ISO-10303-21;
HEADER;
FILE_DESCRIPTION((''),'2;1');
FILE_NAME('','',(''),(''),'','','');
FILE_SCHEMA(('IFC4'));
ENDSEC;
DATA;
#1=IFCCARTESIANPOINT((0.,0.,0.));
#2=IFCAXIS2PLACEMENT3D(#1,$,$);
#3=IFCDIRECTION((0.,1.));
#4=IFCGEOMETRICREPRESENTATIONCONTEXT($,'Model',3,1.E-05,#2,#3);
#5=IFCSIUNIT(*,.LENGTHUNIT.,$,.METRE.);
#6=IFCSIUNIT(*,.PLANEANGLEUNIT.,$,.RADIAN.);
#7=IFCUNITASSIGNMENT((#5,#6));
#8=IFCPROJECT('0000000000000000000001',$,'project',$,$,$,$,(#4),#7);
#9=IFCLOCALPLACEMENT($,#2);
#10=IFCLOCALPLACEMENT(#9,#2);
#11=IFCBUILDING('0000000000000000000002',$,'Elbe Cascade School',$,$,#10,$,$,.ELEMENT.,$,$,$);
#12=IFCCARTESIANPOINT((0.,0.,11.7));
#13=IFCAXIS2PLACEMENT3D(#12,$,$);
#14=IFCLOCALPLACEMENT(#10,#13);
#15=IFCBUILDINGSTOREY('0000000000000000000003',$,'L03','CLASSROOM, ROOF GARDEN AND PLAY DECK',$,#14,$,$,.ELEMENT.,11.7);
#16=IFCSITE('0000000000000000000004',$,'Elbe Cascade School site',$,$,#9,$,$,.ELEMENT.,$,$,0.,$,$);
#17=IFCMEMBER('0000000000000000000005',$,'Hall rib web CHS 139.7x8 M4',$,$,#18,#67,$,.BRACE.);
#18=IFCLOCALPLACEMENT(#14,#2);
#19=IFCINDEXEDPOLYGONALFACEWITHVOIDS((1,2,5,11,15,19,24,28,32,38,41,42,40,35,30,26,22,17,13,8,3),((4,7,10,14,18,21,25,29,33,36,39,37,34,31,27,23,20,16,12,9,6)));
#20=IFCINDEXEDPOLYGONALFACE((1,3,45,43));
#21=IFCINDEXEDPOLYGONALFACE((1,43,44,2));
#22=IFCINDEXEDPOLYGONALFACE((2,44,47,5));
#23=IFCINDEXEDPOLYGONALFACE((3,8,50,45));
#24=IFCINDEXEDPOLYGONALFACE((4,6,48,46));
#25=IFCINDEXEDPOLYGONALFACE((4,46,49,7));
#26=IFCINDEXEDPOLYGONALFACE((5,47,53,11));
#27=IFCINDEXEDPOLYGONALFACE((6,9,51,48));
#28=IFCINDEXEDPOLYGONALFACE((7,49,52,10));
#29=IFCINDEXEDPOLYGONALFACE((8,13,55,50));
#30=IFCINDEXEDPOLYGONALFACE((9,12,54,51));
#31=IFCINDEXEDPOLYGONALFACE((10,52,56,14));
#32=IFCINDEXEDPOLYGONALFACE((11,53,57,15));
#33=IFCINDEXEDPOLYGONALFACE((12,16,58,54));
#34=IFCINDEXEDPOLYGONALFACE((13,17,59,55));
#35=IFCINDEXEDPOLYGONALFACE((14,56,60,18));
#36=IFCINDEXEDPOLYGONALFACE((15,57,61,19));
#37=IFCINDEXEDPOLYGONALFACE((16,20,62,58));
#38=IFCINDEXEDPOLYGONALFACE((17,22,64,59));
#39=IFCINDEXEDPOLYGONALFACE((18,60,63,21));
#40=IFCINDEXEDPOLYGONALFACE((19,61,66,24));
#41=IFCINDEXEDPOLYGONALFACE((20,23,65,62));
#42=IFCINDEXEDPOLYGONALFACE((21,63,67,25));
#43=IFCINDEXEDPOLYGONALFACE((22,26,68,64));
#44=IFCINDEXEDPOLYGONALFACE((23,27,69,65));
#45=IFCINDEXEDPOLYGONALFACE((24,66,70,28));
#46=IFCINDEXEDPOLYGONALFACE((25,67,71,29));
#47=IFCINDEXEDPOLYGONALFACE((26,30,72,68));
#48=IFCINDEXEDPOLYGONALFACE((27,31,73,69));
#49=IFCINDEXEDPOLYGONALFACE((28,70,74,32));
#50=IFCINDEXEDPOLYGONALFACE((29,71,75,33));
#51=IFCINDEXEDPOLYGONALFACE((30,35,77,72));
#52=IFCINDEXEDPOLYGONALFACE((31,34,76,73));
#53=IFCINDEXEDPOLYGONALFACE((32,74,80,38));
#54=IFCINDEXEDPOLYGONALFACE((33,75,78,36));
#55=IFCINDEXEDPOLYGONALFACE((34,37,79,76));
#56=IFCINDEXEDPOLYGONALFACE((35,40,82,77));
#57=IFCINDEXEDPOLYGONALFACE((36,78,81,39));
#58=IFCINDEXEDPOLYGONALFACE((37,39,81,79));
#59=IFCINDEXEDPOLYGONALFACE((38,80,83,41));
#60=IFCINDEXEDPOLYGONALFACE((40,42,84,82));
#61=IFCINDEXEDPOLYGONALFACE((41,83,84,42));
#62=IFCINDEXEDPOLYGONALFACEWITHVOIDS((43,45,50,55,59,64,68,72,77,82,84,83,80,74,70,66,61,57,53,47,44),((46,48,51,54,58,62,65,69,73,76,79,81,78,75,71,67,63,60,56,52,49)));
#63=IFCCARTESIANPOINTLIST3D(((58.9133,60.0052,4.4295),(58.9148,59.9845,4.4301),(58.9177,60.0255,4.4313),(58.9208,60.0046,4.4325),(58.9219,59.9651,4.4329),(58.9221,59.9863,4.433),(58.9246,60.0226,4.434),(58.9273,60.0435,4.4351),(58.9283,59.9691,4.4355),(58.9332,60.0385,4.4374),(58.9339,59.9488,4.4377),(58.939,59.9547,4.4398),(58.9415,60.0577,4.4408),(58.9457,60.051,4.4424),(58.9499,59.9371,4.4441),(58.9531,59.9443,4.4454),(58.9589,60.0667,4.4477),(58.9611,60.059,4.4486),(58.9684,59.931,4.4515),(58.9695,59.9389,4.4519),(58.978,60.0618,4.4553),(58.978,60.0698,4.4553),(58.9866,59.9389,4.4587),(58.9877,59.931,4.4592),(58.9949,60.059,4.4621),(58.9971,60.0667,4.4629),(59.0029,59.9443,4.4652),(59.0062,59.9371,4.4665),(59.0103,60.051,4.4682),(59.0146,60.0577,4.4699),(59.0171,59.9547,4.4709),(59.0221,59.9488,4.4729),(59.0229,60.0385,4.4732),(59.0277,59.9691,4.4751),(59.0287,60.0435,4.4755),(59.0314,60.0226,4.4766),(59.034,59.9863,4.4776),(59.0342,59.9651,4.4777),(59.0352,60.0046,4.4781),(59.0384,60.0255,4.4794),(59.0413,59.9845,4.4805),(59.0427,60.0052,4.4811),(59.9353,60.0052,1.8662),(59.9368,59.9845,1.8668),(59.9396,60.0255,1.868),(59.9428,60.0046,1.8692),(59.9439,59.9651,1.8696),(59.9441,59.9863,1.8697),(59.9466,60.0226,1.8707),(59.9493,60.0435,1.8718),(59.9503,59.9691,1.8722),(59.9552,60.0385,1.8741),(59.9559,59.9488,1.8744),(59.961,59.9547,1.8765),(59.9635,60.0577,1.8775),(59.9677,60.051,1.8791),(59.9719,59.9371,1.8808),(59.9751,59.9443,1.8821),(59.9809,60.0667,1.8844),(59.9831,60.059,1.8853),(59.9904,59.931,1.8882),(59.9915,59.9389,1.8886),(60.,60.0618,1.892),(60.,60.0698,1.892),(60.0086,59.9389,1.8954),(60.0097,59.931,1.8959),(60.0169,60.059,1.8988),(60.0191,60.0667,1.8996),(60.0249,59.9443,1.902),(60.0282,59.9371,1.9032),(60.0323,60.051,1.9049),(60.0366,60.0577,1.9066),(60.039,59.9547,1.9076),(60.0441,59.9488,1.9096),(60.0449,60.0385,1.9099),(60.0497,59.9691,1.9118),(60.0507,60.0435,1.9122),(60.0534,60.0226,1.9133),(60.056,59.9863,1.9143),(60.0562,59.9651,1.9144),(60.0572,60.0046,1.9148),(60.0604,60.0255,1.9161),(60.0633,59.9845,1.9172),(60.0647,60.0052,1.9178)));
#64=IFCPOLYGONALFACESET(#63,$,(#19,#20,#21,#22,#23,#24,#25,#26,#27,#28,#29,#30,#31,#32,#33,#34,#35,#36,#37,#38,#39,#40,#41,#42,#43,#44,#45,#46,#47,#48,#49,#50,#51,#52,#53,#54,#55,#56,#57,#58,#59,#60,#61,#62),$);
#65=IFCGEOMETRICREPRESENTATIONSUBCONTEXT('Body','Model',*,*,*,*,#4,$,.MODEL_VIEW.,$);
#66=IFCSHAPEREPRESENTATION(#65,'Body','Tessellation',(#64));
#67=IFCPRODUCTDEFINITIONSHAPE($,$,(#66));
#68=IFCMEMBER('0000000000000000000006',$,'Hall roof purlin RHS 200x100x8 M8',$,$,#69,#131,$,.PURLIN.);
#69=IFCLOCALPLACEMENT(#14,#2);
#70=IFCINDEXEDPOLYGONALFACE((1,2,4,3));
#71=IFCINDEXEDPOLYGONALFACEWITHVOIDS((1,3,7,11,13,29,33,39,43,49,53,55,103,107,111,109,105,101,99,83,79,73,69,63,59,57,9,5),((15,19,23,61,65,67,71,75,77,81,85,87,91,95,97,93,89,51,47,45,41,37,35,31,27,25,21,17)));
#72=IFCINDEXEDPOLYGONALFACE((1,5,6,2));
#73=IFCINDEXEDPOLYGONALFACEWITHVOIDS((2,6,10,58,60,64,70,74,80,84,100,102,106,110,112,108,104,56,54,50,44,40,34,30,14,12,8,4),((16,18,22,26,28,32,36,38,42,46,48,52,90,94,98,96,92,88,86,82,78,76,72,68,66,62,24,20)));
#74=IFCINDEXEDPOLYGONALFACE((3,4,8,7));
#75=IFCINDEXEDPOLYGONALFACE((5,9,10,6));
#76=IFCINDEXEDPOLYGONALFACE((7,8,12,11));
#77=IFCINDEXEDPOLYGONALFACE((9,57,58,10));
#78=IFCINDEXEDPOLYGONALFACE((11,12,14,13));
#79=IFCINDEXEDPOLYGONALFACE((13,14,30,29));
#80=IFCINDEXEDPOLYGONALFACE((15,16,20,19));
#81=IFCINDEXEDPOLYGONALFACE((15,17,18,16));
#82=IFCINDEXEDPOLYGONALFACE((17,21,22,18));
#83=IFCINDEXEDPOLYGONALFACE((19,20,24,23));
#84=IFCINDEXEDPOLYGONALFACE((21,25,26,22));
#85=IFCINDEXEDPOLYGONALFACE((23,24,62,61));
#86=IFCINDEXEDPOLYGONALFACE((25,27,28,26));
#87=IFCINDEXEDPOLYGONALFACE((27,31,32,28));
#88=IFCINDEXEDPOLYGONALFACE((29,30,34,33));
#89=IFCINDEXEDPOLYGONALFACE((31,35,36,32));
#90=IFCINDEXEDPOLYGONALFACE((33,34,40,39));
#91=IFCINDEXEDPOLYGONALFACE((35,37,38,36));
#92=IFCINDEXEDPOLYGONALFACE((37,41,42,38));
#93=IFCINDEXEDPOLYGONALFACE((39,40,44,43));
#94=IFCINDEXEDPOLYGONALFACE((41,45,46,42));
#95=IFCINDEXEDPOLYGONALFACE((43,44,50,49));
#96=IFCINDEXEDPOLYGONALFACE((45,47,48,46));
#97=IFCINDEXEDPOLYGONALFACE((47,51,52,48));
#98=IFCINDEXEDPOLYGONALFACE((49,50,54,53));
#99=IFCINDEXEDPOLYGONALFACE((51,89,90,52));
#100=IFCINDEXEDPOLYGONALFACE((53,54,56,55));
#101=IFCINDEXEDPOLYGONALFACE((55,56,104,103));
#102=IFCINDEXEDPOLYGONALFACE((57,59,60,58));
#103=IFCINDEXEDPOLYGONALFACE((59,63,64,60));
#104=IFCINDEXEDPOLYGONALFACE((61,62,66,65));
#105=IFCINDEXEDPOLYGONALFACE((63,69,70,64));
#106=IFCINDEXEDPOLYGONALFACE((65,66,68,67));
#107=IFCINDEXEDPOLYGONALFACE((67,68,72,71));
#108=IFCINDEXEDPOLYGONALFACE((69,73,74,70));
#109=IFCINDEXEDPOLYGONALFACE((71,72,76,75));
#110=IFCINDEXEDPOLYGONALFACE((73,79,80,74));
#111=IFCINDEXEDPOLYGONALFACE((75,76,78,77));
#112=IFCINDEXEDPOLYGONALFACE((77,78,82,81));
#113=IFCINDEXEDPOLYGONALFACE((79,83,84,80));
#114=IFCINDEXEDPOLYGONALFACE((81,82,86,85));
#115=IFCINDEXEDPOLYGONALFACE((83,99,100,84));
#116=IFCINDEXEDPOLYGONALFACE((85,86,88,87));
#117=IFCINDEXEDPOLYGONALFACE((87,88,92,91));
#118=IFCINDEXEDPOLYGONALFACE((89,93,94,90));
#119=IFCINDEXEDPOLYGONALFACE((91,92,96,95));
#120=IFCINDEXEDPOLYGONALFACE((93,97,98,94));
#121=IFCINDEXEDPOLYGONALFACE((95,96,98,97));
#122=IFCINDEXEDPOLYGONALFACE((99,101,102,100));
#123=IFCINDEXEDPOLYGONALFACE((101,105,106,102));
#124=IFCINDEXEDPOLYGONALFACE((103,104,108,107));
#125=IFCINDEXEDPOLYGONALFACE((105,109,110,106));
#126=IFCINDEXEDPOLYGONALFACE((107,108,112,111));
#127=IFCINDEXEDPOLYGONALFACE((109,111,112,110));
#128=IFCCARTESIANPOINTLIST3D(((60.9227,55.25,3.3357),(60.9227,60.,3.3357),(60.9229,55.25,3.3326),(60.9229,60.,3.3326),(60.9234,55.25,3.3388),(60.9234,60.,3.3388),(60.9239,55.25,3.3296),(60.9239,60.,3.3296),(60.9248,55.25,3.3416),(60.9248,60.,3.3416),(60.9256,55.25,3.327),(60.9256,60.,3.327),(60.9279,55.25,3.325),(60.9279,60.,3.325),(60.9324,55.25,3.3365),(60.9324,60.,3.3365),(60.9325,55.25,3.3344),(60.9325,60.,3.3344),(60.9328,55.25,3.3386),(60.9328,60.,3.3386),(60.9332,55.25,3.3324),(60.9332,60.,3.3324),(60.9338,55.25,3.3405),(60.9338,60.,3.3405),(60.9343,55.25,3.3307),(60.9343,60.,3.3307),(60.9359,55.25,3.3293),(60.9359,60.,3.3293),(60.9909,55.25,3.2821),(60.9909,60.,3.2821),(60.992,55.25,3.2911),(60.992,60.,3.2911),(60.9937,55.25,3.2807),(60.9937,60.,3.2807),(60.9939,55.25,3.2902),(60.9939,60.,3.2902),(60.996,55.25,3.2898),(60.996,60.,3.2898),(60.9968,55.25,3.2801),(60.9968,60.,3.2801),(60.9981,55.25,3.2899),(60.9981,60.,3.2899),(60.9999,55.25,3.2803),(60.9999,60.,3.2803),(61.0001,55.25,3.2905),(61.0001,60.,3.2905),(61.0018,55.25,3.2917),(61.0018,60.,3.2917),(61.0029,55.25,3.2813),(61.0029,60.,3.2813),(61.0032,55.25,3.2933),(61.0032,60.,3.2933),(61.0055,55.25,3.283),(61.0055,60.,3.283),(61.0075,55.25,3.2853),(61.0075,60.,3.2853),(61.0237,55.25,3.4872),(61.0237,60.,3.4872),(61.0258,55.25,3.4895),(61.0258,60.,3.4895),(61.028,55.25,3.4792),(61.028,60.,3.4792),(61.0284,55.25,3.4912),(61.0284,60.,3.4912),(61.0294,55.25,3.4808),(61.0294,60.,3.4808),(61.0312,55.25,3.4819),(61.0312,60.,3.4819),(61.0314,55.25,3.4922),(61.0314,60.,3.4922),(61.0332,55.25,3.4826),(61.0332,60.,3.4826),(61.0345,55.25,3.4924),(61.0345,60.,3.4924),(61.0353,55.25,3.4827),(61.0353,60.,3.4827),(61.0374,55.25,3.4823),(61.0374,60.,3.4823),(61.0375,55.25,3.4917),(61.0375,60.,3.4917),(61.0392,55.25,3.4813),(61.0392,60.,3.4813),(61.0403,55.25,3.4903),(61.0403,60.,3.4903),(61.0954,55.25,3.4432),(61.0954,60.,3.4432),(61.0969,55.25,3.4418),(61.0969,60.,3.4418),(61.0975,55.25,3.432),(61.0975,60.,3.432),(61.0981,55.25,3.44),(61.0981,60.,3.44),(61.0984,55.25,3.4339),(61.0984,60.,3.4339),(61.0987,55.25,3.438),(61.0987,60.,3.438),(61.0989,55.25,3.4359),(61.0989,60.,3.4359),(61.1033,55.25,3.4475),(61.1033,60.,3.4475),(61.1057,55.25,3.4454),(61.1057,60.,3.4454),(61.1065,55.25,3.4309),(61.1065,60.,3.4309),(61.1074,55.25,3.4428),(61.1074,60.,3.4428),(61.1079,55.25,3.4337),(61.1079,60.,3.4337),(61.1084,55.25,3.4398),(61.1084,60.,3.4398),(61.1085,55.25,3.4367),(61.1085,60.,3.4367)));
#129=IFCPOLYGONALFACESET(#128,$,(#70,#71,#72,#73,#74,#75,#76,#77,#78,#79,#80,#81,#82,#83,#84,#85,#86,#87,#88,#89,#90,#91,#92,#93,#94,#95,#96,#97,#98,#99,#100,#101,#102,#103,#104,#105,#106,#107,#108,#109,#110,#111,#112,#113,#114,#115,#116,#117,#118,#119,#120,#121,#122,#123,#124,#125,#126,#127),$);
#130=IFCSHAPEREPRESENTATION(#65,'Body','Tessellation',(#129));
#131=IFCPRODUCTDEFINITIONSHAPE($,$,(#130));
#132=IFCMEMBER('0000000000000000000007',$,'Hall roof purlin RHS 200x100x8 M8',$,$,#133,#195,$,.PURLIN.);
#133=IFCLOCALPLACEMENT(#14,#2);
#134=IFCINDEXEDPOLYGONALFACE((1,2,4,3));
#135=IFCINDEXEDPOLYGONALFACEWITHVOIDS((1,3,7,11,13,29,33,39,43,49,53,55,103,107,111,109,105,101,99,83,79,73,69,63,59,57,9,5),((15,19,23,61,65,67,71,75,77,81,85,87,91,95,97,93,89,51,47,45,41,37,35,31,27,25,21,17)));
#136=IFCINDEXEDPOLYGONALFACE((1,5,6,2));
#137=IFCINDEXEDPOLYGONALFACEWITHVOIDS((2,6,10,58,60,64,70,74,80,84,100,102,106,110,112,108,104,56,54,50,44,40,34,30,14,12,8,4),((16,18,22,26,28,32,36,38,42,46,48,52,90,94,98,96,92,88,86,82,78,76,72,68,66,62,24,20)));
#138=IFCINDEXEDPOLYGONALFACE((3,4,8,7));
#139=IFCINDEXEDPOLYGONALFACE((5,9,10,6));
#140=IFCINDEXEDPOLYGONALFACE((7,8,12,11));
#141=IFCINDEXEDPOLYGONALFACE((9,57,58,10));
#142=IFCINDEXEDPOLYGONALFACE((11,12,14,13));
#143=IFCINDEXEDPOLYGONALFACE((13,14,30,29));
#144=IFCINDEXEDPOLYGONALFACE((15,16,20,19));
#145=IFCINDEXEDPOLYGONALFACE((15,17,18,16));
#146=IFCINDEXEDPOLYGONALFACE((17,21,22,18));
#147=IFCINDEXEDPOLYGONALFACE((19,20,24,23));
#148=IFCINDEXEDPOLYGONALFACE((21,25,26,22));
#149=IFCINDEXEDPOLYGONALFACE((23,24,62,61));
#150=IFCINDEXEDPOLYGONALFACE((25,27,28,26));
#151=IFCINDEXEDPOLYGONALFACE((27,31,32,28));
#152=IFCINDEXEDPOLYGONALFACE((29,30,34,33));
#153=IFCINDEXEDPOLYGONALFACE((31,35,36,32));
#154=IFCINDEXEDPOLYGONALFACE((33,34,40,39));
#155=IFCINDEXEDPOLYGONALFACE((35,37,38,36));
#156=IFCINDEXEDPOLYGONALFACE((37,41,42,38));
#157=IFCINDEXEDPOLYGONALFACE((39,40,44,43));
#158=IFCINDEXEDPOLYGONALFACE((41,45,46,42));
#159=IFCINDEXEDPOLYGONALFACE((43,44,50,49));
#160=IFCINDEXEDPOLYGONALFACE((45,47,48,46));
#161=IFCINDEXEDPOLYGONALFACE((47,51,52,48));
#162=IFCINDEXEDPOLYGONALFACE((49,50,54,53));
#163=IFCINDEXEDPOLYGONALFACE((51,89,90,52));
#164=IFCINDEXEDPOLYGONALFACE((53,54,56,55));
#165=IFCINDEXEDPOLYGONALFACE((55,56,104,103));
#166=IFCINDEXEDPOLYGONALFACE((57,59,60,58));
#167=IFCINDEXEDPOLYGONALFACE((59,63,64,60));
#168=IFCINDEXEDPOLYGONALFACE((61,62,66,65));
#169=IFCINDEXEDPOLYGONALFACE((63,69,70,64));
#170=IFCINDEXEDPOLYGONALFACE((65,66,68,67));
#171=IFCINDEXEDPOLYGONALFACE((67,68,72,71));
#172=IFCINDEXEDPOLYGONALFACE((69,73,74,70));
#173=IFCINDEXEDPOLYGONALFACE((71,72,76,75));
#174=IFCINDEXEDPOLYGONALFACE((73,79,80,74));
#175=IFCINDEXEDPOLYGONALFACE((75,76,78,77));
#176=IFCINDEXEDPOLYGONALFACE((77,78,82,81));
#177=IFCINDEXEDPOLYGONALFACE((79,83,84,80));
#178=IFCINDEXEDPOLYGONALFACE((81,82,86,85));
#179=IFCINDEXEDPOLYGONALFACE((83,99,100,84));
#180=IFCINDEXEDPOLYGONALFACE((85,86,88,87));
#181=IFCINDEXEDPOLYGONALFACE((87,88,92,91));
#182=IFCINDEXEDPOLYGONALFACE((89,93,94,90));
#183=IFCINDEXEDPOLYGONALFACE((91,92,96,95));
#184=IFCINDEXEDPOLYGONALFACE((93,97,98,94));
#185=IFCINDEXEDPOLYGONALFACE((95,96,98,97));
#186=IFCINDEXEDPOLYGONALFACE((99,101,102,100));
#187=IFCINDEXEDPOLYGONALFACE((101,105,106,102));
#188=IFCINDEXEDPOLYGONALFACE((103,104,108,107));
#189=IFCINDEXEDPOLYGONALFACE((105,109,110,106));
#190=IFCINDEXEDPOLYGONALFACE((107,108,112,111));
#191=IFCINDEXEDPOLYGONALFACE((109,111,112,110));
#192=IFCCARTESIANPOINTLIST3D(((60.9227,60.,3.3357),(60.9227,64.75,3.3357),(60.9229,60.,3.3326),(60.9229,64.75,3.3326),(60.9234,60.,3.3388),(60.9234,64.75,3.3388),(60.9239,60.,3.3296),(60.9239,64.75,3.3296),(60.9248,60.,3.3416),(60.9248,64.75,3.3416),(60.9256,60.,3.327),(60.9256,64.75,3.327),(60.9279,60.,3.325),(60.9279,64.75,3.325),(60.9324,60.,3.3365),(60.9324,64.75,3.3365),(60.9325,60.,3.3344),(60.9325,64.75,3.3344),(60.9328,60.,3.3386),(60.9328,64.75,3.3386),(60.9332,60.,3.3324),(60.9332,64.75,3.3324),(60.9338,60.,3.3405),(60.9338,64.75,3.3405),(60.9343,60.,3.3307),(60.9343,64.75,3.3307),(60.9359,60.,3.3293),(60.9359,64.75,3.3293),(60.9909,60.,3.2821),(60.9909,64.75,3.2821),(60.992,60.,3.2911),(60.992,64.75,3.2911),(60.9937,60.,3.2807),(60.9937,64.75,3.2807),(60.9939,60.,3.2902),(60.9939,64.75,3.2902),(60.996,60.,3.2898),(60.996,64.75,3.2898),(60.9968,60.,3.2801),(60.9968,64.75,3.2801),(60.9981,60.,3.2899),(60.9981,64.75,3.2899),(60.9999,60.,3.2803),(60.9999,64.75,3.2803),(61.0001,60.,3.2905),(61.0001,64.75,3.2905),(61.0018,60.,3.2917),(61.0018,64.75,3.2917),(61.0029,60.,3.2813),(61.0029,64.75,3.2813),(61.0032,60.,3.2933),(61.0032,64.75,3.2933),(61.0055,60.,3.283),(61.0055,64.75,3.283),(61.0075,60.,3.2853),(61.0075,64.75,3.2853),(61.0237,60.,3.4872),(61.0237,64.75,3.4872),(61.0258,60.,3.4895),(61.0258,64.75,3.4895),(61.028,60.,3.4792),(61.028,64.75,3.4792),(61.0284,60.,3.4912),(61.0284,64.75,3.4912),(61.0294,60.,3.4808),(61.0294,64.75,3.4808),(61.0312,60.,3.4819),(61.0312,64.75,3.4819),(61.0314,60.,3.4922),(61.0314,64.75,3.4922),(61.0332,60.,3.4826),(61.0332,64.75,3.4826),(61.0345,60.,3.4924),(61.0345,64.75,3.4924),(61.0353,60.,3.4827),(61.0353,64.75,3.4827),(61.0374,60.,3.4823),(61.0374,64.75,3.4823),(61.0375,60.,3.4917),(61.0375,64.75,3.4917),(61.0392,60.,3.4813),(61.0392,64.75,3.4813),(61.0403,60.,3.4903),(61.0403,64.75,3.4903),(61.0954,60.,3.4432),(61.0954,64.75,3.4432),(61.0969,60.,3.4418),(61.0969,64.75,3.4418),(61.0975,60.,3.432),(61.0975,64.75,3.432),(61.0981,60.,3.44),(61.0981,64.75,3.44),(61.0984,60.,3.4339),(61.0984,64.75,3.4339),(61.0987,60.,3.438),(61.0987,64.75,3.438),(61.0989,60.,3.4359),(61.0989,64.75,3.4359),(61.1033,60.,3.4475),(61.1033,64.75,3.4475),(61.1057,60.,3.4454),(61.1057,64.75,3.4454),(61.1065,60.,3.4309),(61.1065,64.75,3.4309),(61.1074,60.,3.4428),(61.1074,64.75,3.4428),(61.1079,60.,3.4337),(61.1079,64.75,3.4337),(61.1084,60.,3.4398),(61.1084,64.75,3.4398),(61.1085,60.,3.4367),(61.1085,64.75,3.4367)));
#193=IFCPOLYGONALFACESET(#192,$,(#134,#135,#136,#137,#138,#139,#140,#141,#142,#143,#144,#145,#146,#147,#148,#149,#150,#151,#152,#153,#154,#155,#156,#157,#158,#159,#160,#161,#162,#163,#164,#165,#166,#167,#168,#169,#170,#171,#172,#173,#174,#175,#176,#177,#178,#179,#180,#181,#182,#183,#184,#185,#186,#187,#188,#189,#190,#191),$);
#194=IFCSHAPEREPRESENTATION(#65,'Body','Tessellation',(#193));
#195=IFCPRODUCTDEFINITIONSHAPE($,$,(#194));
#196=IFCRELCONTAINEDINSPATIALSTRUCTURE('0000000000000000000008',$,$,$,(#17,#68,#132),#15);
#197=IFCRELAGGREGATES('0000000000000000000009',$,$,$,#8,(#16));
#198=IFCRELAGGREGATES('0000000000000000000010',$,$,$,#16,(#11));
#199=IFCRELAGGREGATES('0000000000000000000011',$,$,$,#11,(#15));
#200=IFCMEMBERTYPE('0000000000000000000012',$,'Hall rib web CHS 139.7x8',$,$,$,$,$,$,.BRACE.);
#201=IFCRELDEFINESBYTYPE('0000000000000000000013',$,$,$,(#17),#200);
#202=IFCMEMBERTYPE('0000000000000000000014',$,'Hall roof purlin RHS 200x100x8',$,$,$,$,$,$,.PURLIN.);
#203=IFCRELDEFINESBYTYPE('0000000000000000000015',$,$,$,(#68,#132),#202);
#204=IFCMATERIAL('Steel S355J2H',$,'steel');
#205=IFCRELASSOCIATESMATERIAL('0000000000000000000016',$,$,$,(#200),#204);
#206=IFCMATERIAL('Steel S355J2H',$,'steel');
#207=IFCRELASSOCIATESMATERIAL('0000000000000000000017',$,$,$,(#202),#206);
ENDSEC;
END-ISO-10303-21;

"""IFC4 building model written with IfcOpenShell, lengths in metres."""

from ifc_helpers import new_model, si_unit, direction, frame, origin, origin_2d, place, context, subcontext, project, spatial, hollow_rectangle, hollow_circle, extrude, material, material_profile, profile_set, type_object, element, save


model = new_model("IFC4")

# Units and contexts
model_context = context("Model", 3, precision=1e-05, world=origin(), true_north=direction((0.0, 1.0)))
body_context = subcontext(model_context, "Body", "Model", "MODEL_VIEW")
ifc_project = project(units=[si_unit("LENGTHUNIT", "METRE"), si_unit("PLANEANGLEUNIT", "RADIAN")], contexts=[model_context])

# Site, building, storey
site_placement = place(None, origin())
site = spatial("IfcSite", under=ifc_project, at=site_placement, Name="Elbe Cascade School site", CompositionType="ELEMENT", RefElevation=0.0)
building_placement = place(site_placement, origin())
building = spatial("IfcBuilding", under=site, at=building_placement, Name="Elbe Cascade School", CompositionType="ELEMENT")
storey_placement = place(building_placement, frame((0.0, 0.0, 11.7)))
storey = spatial("IfcBuildingStorey", under=building, at=storey_placement, Name="L03", Description="CLASSROOM, ROOF GARDEN AND PLAY DECK", CompositionType="ELEMENT", Elevation=11.7)

# Members
ifc_material_1 = material(Name="Steel S355J2H", Category="steel")
ifc_material_profile_1 = material_profile(ifc_material_1, hollow_circle(Radius=0.0698, WallThickness=0.0081, at=origin_2d()), Name="CHS 139.7x8")
ifc_profile_set_1 = profile_set([ifc_material_profile_1], Name="Steel S355J2H")
member_type_1 = type_object("IfcMemberType", Name="Hall rib web CHS 139.7x8", PredefinedType="BRACE", material=ifc_profile_set_1)
for number, where, z_axis, x_axis, name in (
    (1, (58.978, 60.0, 4.4553), (0.370353, 0.0, -0.928891), (0.0, 1.0, 0.0), "Hall rib web CHS 139.7x8 M4"),
):
    element("IfcMember", number, at=place(storey_placement, frame(where, z_axis=z_axis, x_axis=x_axis)), inside=storey, type_object=member_type_1, Name=name, PredefinedType="BRACE", context=body_context, shape_type="SweptSolid", body=[
        extrude(hollow_circle(Radius=0.0698, WallThickness=0.0081, at=origin_2d()), origin(), (0.0, 0.0, 1.0), 2.7595),
    ])
ifc_material_2 = material(Name="Steel S355J2H", Category="steel")
ifc_material_profile_2 = material_profile(ifc_material_2, hollow_rectangle(XDim=0.1001, YDim=0.2, WallThickness=0.0081, InnerFilletRadius=0.0081, OuterFilletRadius=0.012, at=origin_2d()), Name="RHS 200x100x8")
ifc_profile_set_2 = profile_set([ifc_material_profile_2], Name="Steel S355J2H")
member_type_2 = type_object("IfcMemberType", Name="Hall roof purlin RHS 200x100x8", PredefinedType="PURLIN", material=ifc_profile_set_2)
for number, where, z_axis, x_axis, name in (
    (2, (61.0156, 55.25, 3.3862), (0.0, 1.0, 0.0), (-0.827027, 0.0, 0.562162), "Hall roof purlin RHS 200x100x8 M8"),
    (3, (61.0156, 60.0, 3.3862), (0.0, 1.0, 0.0), (-0.827027, 0.0, 0.562162), "Hall roof purlin RHS 200x100x8 M8"),
):
    element("IfcMember", number, at=place(storey_placement, frame(where, z_axis=z_axis, x_axis=x_axis)), inside=storey, type_object=member_type_2, Name=name, PredefinedType="PURLIN", context=body_context, shape_type="SweptSolid", body=[
        extrude(hollow_rectangle(XDim=0.1001, YDim=0.2, WallThickness=0.0081, InnerFilletRadius=0.0081, OuterFilletRadius=0.012, at=origin_2d()), origin(), (0.0, 0.0, 1.0), 4.75),
    ])

save(model, "model.ifc")
